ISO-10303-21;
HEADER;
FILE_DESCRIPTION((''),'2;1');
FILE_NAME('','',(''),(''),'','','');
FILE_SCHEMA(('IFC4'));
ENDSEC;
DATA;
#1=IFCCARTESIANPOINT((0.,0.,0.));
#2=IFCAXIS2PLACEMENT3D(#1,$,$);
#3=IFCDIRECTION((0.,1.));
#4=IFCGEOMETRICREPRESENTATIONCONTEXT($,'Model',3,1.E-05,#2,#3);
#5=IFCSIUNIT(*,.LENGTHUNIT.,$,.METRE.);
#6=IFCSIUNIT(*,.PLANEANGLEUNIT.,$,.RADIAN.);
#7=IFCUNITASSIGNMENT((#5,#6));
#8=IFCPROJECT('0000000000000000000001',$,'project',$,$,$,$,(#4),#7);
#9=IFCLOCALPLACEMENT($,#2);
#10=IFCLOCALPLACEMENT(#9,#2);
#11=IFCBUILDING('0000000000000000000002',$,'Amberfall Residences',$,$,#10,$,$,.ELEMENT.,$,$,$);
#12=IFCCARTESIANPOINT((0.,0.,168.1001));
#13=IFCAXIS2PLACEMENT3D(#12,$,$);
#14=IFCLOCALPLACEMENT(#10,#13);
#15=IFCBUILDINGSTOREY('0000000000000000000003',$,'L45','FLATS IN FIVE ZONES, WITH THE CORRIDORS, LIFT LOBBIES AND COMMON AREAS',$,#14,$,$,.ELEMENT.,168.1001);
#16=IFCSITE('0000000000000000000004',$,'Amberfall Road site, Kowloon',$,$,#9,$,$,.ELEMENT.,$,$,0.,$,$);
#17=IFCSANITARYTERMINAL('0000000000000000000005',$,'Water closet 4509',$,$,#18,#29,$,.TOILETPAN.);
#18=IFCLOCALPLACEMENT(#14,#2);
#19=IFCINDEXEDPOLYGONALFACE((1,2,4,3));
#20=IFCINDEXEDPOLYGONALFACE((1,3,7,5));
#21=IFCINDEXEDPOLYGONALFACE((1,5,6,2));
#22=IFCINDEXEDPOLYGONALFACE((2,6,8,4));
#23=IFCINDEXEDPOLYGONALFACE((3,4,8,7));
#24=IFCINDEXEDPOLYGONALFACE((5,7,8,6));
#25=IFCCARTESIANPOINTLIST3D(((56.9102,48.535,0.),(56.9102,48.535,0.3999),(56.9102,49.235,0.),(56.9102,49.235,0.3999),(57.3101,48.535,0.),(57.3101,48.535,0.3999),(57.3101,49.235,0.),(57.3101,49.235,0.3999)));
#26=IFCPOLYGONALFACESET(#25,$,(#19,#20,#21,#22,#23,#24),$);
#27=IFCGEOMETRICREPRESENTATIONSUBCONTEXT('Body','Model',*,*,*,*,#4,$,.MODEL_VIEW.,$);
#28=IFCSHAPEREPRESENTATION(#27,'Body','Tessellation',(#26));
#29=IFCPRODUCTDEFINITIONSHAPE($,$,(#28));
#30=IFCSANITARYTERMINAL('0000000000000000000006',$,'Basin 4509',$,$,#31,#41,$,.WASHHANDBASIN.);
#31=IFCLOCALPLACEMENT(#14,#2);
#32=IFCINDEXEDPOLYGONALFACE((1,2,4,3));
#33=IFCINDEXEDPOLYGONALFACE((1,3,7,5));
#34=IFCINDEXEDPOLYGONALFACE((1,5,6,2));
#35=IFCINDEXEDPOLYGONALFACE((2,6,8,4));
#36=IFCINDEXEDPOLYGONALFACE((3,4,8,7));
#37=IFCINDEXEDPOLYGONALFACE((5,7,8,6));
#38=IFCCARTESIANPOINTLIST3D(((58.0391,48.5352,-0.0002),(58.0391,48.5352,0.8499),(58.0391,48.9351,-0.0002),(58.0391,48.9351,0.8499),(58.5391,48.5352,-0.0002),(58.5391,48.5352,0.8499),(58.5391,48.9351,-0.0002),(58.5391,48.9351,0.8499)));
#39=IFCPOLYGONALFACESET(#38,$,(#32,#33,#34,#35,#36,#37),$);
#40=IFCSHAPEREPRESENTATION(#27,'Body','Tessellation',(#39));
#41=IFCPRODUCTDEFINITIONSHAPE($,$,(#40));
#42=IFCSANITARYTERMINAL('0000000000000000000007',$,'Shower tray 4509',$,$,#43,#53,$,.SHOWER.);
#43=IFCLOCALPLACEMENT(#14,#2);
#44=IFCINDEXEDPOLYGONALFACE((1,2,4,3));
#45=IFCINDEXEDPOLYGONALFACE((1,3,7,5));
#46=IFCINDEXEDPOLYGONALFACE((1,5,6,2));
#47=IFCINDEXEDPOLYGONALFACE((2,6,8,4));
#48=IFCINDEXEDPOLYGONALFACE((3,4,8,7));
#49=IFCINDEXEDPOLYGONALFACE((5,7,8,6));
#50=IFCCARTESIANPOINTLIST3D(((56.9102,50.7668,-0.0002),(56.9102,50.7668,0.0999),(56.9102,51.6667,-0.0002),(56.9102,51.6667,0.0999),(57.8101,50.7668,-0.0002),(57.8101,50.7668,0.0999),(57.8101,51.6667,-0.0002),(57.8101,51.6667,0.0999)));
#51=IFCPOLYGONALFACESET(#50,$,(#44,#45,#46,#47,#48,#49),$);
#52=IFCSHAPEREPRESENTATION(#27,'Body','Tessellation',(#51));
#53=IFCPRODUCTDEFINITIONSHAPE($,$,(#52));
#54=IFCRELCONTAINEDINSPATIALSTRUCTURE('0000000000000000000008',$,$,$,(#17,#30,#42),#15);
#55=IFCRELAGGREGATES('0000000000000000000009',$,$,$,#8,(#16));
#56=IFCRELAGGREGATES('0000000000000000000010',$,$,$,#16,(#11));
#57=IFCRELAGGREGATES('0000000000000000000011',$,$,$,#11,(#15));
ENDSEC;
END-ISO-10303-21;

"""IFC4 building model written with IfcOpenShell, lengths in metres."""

from ifc_helpers import new_model, si_unit, direction, frame, origin, origin_2d, place, context, subcontext, project, spatial, rectangle, extrude, element, save


model = new_model("IFC4")

# Units and contexts
model_context = context("Model", 3, precision=1e-05, world=origin(), true_north=direction((0.0, 1.0)))
body_context = subcontext(model_context, "Body", "Model", "MODEL_VIEW")
ifc_project = project(units=[si_unit("LENGTHUNIT", "METRE"), si_unit("PLANEANGLEUNIT", "RADIAN")], contexts=[model_context])

# Site, building, storey
site_placement = place(None, origin())
site = spatial("IfcSite", under=ifc_project, at=site_placement, Name="Amberfall Road site, Kowloon", CompositionType="ELEMENT", RefElevation=0.0)
building_placement = place(site_placement, origin())
building = spatial("IfcBuilding", under=site, at=building_placement, Name="Amberfall Residences", CompositionType="ELEMENT")
storey_placement = place(building_placement, frame((0.0, 0.0, 168.1001)))
storey = spatial("IfcBuildingStorey", under=building, at=storey_placement, Name="L45", Description="FLATS IN FIVE ZONES, WITH THE CORRIDORS, LIFT LOBBIES AND COMMON AREAS", CompositionType="ELEMENT", Elevation=168.1001)

# Sanitary terminals
sanitary_terminal_1_placement = place(storey_placement, frame((57.1101, 48.885, 0.0), z_axis=(0.0, 0.0, 1.0), x_axis=(1.0, 0.0, 0.0)))
element("IfcSanitaryTerminal", 1, at=sanitary_terminal_1_placement, inside=storey, Name="Water closet 4509", PredefinedType="TOILETPAN", context=body_context, shape_type="SweptSolid", body=[
    extrude(rectangle(XDim=0.3999, YDim=0.7, at=origin_2d()), origin(), (0.0, 0.0, 1.0), 0.3999),
])
sanitary_terminal_2_placement = place(storey_placement, frame((58.2891, 48.7351, -0.0002), z_axis=(0.0, 0.0, 1.0), x_axis=(1.0, 0.0, 0.0)))
element("IfcSanitaryTerminal", 2, at=sanitary_terminal_2_placement, inside=storey, Name="Basin 4509", PredefinedType="WASHHANDBASIN", context=body_context, shape_type="SweptSolid", body=[
    extrude(rectangle(XDim=0.5, YDim=0.3999, at=origin_2d()), origin(), (0.0, 0.0, 1.0), 0.8501),
])
sanitary_terminal_3_placement = place(storey_placement, frame((57.3601, 51.2168, -0.0002), z_axis=(0.0, 0.0, 1.0), x_axis=(1.0, 0.0, 0.0)))
element("IfcSanitaryTerminal", 3, at=sanitary_terminal_3_placement, inside=storey, Name="Shower tray 4509", PredefinedType="SHOWER", context=body_context, shape_type="SweptSolid", body=[
    extrude(rectangle(XDim=0.8999, YDim=0.8999, at=origin_2d()), origin(), (0.0, 0.0, 1.0), 0.1001),
])

save(model, "model.ifc")
